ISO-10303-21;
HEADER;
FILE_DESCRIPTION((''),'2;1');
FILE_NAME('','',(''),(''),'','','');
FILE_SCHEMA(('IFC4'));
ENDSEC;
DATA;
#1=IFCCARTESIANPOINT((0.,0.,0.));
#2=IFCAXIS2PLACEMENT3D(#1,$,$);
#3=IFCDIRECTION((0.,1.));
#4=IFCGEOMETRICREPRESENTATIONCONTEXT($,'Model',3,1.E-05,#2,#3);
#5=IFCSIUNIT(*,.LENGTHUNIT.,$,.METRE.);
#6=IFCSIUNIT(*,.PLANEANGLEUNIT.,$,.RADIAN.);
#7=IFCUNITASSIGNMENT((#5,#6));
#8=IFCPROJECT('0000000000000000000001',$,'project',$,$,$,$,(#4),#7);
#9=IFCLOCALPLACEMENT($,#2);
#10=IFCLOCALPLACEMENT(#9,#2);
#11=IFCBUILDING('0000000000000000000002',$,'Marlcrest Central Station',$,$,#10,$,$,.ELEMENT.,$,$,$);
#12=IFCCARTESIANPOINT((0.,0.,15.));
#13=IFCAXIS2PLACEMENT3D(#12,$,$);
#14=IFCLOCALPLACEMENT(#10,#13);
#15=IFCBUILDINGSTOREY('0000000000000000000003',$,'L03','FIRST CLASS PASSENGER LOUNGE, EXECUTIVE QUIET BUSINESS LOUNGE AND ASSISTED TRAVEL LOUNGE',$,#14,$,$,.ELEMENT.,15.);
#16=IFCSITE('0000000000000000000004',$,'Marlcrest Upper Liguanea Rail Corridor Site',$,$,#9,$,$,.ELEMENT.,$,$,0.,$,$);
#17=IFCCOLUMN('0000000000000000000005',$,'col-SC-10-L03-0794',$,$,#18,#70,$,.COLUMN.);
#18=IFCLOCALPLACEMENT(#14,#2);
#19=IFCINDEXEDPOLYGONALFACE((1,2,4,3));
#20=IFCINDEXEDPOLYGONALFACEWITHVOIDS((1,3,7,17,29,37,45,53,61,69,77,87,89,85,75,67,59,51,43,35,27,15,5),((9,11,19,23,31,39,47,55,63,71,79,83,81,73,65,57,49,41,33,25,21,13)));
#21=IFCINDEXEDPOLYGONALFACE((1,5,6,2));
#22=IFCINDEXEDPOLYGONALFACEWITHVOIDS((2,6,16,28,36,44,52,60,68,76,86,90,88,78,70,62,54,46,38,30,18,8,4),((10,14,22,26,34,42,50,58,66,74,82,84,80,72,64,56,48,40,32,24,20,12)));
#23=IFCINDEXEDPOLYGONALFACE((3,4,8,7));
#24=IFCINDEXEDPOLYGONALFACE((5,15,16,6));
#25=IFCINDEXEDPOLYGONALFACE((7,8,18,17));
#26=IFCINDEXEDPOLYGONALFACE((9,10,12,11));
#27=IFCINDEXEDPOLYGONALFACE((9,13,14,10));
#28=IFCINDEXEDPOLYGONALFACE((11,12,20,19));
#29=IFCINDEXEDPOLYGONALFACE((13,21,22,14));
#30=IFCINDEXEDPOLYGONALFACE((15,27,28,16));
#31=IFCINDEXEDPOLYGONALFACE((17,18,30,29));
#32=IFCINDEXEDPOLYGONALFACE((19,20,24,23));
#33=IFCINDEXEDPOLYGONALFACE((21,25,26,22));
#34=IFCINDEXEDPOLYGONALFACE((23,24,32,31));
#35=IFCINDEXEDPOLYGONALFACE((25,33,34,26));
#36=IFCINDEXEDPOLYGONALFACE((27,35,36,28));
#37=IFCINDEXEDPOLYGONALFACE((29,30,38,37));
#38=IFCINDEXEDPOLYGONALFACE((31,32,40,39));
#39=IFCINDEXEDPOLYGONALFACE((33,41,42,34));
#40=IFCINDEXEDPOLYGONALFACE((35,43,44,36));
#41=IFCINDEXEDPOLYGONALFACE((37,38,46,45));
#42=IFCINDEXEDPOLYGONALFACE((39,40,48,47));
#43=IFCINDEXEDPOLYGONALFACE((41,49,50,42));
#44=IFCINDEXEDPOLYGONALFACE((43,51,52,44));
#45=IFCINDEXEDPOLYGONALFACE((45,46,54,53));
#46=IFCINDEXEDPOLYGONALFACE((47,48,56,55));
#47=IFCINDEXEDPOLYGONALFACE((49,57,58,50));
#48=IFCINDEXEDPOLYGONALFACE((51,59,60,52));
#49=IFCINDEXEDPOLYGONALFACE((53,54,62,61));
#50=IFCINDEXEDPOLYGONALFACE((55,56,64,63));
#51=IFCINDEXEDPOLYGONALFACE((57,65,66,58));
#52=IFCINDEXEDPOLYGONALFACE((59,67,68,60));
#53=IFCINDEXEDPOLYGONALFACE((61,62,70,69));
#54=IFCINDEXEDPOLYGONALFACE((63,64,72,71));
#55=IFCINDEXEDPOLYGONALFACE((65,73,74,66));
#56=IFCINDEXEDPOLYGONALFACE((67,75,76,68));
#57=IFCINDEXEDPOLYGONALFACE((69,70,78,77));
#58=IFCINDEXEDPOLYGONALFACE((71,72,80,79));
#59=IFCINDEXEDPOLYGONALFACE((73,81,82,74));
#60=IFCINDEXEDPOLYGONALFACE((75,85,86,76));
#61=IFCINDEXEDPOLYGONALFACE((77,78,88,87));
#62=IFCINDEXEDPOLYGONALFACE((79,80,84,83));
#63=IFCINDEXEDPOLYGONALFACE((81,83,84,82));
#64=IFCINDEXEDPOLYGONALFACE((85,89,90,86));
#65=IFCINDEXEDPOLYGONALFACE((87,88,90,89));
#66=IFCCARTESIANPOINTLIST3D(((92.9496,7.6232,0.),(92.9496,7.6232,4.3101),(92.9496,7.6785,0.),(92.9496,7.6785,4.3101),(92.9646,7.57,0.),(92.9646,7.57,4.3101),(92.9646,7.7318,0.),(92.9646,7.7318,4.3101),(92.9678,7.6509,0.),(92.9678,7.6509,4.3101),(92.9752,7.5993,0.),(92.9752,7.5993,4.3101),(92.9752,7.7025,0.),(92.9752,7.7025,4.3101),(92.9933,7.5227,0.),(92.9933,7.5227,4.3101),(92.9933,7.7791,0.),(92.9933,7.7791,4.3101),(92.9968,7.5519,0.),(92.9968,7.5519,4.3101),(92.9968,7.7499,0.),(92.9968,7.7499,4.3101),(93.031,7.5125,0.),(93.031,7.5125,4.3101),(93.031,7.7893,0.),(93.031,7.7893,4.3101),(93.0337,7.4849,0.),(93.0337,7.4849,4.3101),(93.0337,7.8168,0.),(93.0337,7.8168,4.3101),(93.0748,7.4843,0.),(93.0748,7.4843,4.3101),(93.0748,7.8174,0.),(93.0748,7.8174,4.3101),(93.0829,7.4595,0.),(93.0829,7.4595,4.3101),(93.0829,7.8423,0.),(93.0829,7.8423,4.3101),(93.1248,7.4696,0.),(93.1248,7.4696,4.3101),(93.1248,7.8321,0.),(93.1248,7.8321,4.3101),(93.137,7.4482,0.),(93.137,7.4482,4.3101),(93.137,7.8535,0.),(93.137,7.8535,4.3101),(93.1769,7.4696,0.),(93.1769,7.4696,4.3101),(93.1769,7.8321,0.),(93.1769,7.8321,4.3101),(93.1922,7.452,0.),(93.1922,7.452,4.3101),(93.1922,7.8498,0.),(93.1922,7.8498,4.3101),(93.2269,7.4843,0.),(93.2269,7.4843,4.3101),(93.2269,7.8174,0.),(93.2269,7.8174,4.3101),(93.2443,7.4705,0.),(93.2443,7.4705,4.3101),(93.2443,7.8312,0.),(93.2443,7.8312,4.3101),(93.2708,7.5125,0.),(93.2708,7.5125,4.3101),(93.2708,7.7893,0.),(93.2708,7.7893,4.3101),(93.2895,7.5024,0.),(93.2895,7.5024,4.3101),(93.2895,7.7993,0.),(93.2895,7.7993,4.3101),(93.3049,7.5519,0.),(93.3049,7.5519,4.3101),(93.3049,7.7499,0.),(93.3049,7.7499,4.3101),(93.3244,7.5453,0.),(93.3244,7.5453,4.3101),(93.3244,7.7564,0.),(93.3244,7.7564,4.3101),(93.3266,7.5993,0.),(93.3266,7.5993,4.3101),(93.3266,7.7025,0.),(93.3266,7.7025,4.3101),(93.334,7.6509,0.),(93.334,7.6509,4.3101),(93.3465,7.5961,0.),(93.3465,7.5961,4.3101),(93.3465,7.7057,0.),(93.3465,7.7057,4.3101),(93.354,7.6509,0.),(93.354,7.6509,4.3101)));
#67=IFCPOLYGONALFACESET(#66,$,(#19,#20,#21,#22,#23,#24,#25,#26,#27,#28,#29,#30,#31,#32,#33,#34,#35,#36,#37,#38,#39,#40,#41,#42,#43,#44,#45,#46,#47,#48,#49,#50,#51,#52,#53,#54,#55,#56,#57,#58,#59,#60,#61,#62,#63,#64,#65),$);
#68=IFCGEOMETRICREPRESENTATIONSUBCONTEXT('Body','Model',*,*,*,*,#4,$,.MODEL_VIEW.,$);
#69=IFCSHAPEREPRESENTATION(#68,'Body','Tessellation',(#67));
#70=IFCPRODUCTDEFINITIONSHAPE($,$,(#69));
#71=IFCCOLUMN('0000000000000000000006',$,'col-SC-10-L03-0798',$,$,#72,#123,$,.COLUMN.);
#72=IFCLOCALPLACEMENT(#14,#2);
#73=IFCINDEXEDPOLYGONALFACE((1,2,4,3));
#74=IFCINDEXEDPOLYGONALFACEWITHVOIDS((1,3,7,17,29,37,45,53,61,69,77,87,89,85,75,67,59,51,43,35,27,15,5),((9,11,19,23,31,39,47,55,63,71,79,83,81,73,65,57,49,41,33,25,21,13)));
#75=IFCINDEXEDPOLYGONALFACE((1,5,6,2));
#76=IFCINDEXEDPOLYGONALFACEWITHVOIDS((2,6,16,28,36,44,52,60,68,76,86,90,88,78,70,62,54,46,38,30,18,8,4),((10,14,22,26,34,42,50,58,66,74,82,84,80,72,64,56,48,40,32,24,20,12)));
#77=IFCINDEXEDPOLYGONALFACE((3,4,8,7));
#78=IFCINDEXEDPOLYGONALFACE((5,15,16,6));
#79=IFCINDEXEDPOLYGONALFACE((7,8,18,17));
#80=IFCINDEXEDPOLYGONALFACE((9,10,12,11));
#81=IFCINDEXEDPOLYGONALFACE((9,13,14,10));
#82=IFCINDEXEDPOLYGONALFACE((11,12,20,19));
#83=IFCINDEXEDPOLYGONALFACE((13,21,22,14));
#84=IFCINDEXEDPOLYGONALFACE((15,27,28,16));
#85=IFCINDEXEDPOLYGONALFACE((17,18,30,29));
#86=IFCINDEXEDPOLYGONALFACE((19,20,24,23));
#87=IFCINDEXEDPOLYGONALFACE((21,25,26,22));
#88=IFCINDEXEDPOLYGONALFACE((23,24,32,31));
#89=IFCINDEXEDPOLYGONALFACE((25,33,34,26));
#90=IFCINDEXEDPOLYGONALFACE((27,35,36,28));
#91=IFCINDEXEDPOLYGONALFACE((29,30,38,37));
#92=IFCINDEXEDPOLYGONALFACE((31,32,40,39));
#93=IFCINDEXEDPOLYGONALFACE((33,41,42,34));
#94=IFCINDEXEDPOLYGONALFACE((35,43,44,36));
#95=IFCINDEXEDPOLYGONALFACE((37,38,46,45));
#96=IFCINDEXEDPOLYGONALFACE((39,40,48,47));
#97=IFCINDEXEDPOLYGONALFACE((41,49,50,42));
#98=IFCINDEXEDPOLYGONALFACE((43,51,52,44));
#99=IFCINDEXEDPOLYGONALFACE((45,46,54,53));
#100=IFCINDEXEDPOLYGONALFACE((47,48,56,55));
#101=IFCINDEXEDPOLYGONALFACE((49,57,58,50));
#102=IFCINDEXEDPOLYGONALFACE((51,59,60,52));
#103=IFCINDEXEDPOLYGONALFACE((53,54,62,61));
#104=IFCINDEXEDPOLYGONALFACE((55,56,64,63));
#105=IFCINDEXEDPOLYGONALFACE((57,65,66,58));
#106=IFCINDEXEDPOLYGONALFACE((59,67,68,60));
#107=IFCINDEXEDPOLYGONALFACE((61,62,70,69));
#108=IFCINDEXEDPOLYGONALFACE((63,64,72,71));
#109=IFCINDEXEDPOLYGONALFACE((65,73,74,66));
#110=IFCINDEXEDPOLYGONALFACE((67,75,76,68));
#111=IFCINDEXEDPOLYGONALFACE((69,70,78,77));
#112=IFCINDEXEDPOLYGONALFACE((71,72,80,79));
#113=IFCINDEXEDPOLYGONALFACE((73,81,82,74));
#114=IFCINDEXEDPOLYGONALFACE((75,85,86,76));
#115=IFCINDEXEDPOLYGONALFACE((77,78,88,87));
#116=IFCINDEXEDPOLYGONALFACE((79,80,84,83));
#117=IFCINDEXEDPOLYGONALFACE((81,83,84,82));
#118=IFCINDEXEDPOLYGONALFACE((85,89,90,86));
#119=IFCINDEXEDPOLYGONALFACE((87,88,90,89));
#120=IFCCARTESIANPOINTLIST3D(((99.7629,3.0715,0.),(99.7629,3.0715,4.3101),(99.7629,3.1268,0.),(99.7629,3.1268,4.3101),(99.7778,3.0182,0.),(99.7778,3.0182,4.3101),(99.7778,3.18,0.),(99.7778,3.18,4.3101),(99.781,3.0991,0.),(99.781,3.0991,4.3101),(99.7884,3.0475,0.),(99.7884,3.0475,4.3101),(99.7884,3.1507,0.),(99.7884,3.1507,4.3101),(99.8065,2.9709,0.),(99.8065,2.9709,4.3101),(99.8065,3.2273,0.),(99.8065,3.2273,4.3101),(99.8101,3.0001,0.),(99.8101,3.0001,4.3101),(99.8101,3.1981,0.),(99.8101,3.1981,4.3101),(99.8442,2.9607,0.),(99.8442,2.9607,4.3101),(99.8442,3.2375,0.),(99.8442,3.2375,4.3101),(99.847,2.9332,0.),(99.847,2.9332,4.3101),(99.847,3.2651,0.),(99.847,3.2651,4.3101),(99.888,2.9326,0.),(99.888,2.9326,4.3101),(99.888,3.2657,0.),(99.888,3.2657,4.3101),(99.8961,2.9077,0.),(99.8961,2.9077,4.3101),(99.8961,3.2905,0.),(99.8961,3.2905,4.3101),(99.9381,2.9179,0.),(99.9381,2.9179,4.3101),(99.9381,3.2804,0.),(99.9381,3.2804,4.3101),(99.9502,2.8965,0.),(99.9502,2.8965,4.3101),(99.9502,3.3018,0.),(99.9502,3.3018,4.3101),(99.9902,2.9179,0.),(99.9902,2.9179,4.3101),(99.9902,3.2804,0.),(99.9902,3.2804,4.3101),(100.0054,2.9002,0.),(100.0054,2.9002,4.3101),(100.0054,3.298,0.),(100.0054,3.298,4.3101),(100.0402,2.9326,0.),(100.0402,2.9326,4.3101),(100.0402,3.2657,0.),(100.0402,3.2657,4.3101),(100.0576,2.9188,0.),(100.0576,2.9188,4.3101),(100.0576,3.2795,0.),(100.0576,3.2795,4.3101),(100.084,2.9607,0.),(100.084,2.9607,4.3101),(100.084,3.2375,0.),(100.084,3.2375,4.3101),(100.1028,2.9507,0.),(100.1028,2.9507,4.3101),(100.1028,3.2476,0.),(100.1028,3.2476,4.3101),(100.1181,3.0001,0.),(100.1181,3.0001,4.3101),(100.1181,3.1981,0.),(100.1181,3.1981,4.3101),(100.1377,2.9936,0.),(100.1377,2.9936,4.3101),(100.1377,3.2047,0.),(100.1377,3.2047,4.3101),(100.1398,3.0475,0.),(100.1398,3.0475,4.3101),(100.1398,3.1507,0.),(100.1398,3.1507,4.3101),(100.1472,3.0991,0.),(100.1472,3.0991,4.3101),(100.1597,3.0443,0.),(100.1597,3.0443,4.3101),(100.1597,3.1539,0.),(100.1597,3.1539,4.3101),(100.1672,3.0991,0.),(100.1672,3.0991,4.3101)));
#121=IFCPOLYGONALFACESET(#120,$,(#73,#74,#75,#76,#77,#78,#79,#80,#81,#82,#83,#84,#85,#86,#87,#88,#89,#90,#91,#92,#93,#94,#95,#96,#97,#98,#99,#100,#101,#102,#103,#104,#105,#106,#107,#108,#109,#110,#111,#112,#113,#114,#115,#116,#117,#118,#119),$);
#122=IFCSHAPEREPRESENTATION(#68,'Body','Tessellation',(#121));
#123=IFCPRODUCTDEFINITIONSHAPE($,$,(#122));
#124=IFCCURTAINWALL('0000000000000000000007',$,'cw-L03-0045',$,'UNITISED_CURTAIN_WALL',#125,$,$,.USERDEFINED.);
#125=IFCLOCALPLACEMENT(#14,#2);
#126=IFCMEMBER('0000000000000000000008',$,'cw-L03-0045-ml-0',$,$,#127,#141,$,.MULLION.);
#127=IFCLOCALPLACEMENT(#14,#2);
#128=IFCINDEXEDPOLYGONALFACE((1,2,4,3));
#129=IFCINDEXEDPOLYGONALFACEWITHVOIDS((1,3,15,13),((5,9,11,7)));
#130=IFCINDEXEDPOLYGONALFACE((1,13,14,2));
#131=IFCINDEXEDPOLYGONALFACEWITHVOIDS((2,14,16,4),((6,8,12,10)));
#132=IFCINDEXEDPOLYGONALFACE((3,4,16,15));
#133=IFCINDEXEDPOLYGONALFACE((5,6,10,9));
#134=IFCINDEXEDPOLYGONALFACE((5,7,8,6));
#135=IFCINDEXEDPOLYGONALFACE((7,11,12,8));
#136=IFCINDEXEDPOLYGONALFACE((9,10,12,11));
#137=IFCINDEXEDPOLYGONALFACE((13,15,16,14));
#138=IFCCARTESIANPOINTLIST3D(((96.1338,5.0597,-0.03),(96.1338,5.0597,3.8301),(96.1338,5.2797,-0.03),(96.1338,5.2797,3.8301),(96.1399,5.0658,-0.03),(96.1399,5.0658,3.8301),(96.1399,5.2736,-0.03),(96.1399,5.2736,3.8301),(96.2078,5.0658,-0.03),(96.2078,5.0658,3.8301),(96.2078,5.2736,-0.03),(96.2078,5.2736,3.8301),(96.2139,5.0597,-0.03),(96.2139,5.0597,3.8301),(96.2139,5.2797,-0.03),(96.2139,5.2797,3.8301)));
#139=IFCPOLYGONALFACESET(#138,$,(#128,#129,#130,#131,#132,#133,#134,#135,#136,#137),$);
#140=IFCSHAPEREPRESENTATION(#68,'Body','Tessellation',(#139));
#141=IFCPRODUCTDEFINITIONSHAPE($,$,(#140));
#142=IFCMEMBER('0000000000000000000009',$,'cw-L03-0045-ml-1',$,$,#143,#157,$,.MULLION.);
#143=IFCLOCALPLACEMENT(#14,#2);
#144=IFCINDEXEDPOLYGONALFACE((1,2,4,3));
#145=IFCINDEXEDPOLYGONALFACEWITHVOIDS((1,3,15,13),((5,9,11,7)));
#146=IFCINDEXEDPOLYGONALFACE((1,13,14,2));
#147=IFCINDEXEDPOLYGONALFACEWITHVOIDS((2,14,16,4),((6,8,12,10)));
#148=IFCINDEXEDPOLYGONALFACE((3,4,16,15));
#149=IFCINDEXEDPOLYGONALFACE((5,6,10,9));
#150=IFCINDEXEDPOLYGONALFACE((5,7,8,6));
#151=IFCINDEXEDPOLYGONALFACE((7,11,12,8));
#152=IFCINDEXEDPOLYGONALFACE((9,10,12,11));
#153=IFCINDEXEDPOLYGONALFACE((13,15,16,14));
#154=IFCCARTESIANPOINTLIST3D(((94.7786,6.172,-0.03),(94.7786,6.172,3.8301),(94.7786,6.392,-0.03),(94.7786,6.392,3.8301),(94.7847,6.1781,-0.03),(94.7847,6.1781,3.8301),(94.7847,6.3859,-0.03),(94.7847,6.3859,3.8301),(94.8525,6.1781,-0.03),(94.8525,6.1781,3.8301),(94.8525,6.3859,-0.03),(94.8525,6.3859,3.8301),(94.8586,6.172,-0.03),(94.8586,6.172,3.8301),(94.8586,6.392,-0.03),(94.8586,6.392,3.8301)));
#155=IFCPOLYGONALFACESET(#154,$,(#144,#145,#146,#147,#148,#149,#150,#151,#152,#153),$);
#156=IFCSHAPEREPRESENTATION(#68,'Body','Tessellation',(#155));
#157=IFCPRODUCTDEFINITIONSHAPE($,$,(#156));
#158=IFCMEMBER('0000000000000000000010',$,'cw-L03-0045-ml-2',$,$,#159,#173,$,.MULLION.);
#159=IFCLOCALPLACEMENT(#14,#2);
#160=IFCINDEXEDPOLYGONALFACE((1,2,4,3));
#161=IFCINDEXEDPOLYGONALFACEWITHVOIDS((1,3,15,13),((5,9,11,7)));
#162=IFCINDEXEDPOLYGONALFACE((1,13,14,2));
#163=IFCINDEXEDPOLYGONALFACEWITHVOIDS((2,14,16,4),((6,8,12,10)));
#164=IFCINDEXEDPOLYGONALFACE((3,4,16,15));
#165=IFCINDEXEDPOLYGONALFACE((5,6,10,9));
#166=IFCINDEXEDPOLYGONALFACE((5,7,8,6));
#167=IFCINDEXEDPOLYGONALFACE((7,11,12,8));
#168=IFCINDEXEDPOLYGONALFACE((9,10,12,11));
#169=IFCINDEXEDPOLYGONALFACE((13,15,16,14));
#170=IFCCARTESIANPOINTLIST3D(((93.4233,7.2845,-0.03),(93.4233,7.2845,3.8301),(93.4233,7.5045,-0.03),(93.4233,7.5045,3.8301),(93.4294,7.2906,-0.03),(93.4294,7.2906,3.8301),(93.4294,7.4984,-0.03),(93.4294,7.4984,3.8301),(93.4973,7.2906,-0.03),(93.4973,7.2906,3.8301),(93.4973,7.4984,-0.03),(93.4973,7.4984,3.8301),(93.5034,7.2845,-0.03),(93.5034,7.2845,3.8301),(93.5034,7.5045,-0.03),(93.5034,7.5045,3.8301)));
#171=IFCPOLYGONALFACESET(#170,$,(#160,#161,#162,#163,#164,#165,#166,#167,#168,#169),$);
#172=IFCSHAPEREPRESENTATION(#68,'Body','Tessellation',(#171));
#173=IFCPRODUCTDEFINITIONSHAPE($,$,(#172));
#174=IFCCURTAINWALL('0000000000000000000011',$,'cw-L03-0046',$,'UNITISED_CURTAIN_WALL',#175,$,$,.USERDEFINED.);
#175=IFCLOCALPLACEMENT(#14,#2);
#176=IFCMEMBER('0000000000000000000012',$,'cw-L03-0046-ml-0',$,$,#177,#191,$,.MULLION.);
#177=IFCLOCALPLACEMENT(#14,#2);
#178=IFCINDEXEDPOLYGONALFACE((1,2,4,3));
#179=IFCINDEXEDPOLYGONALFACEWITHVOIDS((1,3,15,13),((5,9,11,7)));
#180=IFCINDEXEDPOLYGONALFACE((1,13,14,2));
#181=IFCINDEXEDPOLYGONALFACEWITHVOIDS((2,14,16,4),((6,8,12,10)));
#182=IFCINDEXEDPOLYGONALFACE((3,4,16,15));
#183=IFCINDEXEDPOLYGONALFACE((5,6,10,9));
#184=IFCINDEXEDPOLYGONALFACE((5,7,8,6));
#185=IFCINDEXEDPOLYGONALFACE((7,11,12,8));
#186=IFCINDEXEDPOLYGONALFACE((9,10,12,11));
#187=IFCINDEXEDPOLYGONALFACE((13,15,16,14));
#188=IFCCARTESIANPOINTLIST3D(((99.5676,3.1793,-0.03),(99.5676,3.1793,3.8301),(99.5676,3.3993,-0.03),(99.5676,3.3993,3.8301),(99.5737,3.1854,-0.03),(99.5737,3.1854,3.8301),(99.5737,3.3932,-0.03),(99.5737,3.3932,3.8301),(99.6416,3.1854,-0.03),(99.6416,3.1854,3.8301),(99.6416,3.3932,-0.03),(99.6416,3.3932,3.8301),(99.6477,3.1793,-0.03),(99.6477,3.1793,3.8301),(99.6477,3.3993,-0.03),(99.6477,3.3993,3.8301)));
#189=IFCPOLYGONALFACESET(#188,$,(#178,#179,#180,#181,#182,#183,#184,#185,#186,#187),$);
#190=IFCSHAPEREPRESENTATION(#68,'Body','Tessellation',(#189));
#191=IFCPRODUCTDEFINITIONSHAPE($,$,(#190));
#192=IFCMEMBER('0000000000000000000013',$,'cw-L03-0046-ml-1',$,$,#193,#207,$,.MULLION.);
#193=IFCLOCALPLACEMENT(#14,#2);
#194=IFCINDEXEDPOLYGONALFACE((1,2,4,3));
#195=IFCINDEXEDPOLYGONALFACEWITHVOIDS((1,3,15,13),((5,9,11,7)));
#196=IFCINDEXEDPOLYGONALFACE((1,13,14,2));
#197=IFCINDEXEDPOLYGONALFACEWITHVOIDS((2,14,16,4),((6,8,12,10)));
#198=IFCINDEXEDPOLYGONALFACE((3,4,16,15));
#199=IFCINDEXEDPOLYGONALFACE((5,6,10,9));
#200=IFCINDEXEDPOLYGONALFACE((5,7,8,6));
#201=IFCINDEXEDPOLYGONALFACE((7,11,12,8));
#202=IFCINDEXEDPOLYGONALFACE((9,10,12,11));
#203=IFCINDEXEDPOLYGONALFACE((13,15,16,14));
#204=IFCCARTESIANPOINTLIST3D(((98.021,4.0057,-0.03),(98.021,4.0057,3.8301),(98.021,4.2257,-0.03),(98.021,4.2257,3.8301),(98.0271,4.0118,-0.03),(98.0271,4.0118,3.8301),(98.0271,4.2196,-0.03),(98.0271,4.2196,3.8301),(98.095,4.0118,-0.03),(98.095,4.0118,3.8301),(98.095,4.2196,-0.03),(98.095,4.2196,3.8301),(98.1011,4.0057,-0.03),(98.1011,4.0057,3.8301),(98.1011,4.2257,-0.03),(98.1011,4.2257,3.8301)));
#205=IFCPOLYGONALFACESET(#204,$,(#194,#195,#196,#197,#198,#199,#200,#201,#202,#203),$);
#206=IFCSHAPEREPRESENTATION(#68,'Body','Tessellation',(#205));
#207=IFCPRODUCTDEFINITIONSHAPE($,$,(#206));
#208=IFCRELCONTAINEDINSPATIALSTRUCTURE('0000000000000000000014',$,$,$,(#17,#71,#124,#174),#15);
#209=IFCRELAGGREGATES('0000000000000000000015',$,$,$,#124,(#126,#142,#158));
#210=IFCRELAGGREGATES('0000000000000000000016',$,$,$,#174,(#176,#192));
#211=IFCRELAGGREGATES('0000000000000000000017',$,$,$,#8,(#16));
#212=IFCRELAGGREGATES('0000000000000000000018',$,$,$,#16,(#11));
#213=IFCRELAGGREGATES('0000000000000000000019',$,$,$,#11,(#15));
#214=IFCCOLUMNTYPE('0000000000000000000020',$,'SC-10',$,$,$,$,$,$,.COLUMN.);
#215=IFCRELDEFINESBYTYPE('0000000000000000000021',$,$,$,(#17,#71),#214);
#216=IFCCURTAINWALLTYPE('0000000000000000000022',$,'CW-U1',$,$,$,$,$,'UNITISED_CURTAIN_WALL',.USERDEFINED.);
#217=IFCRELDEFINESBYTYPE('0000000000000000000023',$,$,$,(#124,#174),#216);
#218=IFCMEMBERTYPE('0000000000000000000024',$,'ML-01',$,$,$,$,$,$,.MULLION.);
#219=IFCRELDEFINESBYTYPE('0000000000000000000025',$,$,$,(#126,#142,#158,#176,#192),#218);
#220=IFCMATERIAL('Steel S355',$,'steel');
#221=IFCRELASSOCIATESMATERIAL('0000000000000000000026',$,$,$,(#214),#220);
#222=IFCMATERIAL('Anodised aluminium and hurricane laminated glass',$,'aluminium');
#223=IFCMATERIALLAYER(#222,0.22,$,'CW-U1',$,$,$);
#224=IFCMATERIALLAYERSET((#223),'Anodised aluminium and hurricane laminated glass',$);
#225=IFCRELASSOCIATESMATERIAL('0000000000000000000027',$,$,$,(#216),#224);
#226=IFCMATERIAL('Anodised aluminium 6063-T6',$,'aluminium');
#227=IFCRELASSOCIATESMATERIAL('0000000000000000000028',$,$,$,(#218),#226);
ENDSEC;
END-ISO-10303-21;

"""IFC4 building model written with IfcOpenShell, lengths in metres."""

from ifc_helpers import new_model, si_unit, direction, frame, origin, origin_2d, place, context, subcontext, project, spatial, hollow_rectangle, hollow_circle, extrude, material, layer, layer_set, material_profile, profile_set, type_object, element, aggregate, save


model = new_model("IFC4")

# Units and contexts
model_context = context("Model", 3, precision=1e-05, world=origin(), true_north=direction((0.0, 1.0)))
body_context = subcontext(model_context, "Body", "Model", "MODEL_VIEW")
ifc_project = project(units=[si_unit("LENGTHUNIT", "METRE"), si_unit("PLANEANGLEUNIT", "RADIAN")], contexts=[model_context])

# Site, building, storey
site_placement = place(None, origin())
site = spatial("IfcSite", under=ifc_project, at=site_placement, Name="Marlcrest Upper Liguanea Rail Corridor Site", CompositionType="ELEMENT", RefElevation=0.0)
building_placement = place(site_placement, origin())
building = spatial("IfcBuilding", under=site, at=building_placement, Name="Marlcrest Central Station", CompositionType="ELEMENT")
storey_placement = place(building_placement, frame((0.0, 0.0, 15.0)))
storey = spatial("IfcBuildingStorey", under=building, at=storey_placement, Name="L03", Description="FIRST CLASS PASSENGER LOUNGE, EXECUTIVE QUIET BUSINESS LOUNGE AND ASSISTED TRAVEL LOUNGE", CompositionType="ELEMENT", Elevation=15.0)

# Columns
ifc_material_1 = material(Name="Steel S355", Category="steel")
ifc_material_profile_1 = material_profile(ifc_material_1, hollow_circle(Radius=0.2031, WallThickness=0.02, at=origin_2d()), Name="CHS 406.4x20")
ifc_profile_set_1 = profile_set([ifc_material_profile_1], Name="Steel S355")
column_type = type_object("IfcColumnType", Name="SC-10", PredefinedType="COLUMN", material=ifc_profile_set_1)
for number, where, z_axis, x_axis, name in (
    (1, (93.1509, 7.6509, 0.0), (0.0, 0.0, 1.0), (1.0, 0.0, 0.0), "col-SC-10-L03-0794"),
    (2, (99.9641, 3.0991, 0.0), (0.0, 0.0, 1.0), (1.0, 0.0, 0.0), "col-SC-10-L03-0798"),
):
    element("IfcColumn", number, at=place(storey_placement, frame(where, z_axis=z_axis, x_axis=x_axis)), inside=storey, type_object=column_type, Name=name, PredefinedType="COLUMN", context=body_context, shape_type="SweptSolid", body=[
        extrude(hollow_circle(Radius=0.2031, WallThickness=0.02, at=origin_2d()), origin(), (0.0, 0.0, 1.0), 4.3101),
    ])

# Curtain walls, members
ifc_material_2 = material(Name="Anodised aluminium and hurricane laminated glass", Category="aluminium")
ifc_layer_1 = layer(ifc_material_2, 0.22, Name="CW-U1")
ifc_layer_set_1 = layer_set([ifc_layer_1], Name="Anodised aluminium and hurricane laminated glass")
curtain_wall_type = type_object("IfcCurtainWallType", Name="CW-U1", ElementType="UNITISED_CURTAIN_WALL", PredefinedType="USERDEFINED", material=ifc_layer_set_1)
curtain_wall_1_placement = place(storey_placement, origin())
curtain_wall_1 = element("IfcCurtainWall", 3, at=curtain_wall_1_placement, inside=storey, type_object=curtain_wall_type, Name="cw-L03-0045", ObjectType="UNITISED_CURTAIN_WALL", PredefinedType="USERDEFINED")
ifc_material_3 = material(Name="Anodised aluminium 6063-T6", Category="aluminium")
ifc_material_profile_2 = material_profile(ifc_material_3, hollow_rectangle(XDim=0.0801, YDim=0.22, WallThickness=0.0061, at=origin_2d()), Name="AA-RHS 220x80x6")
ifc_profile_set_2 = profile_set([ifc_material_profile_2], Name="Anodised aluminium 6063-T6")
member_type_1 = type_object("IfcMemberType", Name="ML-01", PredefinedType="MULLION", material=ifc_profile_set_2)
member_1_placement = place(storey_placement, frame((96.1738, 5.1697, -0.03), z_axis=(0.0, 0.0, 1.0), x_axis=(1.0, 0.0, 0.0)))
member_1 = element("IfcMember", 4, at=member_1_placement, type_object=member_type_1, Name="cw-L03-0045-ml-0", PredefinedType="MULLION", context=body_context, shape_type="SweptSolid", body=[
    extrude(hollow_rectangle(XDim=0.0801, YDim=0.22, WallThickness=0.0061, at=origin_2d()), origin(), (0.0, 0.0, 1.0), 3.8601),
])
member_2_placement = place(storey_placement, frame((94.8186, 6.282, -0.03), z_axis=(0.0, 0.0, 1.0), x_axis=(1.0, 0.0, 0.0)))
member_2 = element("IfcMember", 5, at=member_2_placement, type_object=member_type_1, Name="cw-L03-0045-ml-1", PredefinedType="MULLION", context=body_context, shape_type="SweptSolid", body=[
    extrude(hollow_rectangle(XDim=0.0801, YDim=0.22, WallThickness=0.0061, at=origin_2d()), origin(), (0.0, 0.0, 1.0), 3.8601),
])
member_3_placement = place(storey_placement, frame((93.4634, 7.3945, -0.03), z_axis=(0.0, 0.0, 1.0), x_axis=(1.0, 0.0, 0.0)))
member_3 = element("IfcMember", 6, at=member_3_placement, type_object=member_type_1, Name="cw-L03-0045-ml-2", PredefinedType="MULLION", context=body_context, shape_type="SweptSolid", body=[
    extrude(hollow_rectangle(XDim=0.0801, YDim=0.22, WallThickness=0.0061, at=origin_2d()), origin(), (0.0, 0.0, 1.0), 3.8601),
])
curtain_wall_2_placement = place(storey_placement, origin())
curtain_wall_2 = element("IfcCurtainWall", 7, at=curtain_wall_2_placement, inside=storey, type_object=curtain_wall_type, Name="cw-L03-0046", ObjectType="UNITISED_CURTAIN_WALL", PredefinedType="USERDEFINED")
member_4_placement = place(storey_placement, frame((99.6077, 3.2893, -0.03), z_axis=(0.0, 0.0, 1.0), x_axis=(1.0, 0.0, 0.0)))
member_4 = element("IfcMember", 8, at=member_4_placement, type_object=member_type_1, Name="cw-L03-0046-ml-0", PredefinedType="MULLION", context=body_context, shape_type="SweptSolid", body=[
    extrude(hollow_rectangle(XDim=0.0801, YDim=0.22, WallThickness=0.0061, at=origin_2d()), origin(), (0.0, 0.0, 1.0), 3.8601),
])
member_5_placement = place(storey_placement, frame((98.061, 4.1157, -0.03), z_axis=(0.0, 0.0, 1.0), x_axis=(1.0, 0.0, 0.0)))
member_5 = element("IfcMember", 9, at=member_5_placement, type_object=member_type_1, Name="cw-L03-0046-ml-1", PredefinedType="MULLION", context=body_context, shape_type="SweptSolid", body=[
    extrude(hollow_rectangle(XDim=0.0801, YDim=0.22, WallThickness=0.0061, at=origin_2d()), origin(), (0.0, 0.0, 1.0), 3.8601),
])

aggregate(curtain_wall_1, [member_1, member_2, member_3])
aggregate(curtain_wall_2, [member_4, member_5])

save(model, "model.ifc")
